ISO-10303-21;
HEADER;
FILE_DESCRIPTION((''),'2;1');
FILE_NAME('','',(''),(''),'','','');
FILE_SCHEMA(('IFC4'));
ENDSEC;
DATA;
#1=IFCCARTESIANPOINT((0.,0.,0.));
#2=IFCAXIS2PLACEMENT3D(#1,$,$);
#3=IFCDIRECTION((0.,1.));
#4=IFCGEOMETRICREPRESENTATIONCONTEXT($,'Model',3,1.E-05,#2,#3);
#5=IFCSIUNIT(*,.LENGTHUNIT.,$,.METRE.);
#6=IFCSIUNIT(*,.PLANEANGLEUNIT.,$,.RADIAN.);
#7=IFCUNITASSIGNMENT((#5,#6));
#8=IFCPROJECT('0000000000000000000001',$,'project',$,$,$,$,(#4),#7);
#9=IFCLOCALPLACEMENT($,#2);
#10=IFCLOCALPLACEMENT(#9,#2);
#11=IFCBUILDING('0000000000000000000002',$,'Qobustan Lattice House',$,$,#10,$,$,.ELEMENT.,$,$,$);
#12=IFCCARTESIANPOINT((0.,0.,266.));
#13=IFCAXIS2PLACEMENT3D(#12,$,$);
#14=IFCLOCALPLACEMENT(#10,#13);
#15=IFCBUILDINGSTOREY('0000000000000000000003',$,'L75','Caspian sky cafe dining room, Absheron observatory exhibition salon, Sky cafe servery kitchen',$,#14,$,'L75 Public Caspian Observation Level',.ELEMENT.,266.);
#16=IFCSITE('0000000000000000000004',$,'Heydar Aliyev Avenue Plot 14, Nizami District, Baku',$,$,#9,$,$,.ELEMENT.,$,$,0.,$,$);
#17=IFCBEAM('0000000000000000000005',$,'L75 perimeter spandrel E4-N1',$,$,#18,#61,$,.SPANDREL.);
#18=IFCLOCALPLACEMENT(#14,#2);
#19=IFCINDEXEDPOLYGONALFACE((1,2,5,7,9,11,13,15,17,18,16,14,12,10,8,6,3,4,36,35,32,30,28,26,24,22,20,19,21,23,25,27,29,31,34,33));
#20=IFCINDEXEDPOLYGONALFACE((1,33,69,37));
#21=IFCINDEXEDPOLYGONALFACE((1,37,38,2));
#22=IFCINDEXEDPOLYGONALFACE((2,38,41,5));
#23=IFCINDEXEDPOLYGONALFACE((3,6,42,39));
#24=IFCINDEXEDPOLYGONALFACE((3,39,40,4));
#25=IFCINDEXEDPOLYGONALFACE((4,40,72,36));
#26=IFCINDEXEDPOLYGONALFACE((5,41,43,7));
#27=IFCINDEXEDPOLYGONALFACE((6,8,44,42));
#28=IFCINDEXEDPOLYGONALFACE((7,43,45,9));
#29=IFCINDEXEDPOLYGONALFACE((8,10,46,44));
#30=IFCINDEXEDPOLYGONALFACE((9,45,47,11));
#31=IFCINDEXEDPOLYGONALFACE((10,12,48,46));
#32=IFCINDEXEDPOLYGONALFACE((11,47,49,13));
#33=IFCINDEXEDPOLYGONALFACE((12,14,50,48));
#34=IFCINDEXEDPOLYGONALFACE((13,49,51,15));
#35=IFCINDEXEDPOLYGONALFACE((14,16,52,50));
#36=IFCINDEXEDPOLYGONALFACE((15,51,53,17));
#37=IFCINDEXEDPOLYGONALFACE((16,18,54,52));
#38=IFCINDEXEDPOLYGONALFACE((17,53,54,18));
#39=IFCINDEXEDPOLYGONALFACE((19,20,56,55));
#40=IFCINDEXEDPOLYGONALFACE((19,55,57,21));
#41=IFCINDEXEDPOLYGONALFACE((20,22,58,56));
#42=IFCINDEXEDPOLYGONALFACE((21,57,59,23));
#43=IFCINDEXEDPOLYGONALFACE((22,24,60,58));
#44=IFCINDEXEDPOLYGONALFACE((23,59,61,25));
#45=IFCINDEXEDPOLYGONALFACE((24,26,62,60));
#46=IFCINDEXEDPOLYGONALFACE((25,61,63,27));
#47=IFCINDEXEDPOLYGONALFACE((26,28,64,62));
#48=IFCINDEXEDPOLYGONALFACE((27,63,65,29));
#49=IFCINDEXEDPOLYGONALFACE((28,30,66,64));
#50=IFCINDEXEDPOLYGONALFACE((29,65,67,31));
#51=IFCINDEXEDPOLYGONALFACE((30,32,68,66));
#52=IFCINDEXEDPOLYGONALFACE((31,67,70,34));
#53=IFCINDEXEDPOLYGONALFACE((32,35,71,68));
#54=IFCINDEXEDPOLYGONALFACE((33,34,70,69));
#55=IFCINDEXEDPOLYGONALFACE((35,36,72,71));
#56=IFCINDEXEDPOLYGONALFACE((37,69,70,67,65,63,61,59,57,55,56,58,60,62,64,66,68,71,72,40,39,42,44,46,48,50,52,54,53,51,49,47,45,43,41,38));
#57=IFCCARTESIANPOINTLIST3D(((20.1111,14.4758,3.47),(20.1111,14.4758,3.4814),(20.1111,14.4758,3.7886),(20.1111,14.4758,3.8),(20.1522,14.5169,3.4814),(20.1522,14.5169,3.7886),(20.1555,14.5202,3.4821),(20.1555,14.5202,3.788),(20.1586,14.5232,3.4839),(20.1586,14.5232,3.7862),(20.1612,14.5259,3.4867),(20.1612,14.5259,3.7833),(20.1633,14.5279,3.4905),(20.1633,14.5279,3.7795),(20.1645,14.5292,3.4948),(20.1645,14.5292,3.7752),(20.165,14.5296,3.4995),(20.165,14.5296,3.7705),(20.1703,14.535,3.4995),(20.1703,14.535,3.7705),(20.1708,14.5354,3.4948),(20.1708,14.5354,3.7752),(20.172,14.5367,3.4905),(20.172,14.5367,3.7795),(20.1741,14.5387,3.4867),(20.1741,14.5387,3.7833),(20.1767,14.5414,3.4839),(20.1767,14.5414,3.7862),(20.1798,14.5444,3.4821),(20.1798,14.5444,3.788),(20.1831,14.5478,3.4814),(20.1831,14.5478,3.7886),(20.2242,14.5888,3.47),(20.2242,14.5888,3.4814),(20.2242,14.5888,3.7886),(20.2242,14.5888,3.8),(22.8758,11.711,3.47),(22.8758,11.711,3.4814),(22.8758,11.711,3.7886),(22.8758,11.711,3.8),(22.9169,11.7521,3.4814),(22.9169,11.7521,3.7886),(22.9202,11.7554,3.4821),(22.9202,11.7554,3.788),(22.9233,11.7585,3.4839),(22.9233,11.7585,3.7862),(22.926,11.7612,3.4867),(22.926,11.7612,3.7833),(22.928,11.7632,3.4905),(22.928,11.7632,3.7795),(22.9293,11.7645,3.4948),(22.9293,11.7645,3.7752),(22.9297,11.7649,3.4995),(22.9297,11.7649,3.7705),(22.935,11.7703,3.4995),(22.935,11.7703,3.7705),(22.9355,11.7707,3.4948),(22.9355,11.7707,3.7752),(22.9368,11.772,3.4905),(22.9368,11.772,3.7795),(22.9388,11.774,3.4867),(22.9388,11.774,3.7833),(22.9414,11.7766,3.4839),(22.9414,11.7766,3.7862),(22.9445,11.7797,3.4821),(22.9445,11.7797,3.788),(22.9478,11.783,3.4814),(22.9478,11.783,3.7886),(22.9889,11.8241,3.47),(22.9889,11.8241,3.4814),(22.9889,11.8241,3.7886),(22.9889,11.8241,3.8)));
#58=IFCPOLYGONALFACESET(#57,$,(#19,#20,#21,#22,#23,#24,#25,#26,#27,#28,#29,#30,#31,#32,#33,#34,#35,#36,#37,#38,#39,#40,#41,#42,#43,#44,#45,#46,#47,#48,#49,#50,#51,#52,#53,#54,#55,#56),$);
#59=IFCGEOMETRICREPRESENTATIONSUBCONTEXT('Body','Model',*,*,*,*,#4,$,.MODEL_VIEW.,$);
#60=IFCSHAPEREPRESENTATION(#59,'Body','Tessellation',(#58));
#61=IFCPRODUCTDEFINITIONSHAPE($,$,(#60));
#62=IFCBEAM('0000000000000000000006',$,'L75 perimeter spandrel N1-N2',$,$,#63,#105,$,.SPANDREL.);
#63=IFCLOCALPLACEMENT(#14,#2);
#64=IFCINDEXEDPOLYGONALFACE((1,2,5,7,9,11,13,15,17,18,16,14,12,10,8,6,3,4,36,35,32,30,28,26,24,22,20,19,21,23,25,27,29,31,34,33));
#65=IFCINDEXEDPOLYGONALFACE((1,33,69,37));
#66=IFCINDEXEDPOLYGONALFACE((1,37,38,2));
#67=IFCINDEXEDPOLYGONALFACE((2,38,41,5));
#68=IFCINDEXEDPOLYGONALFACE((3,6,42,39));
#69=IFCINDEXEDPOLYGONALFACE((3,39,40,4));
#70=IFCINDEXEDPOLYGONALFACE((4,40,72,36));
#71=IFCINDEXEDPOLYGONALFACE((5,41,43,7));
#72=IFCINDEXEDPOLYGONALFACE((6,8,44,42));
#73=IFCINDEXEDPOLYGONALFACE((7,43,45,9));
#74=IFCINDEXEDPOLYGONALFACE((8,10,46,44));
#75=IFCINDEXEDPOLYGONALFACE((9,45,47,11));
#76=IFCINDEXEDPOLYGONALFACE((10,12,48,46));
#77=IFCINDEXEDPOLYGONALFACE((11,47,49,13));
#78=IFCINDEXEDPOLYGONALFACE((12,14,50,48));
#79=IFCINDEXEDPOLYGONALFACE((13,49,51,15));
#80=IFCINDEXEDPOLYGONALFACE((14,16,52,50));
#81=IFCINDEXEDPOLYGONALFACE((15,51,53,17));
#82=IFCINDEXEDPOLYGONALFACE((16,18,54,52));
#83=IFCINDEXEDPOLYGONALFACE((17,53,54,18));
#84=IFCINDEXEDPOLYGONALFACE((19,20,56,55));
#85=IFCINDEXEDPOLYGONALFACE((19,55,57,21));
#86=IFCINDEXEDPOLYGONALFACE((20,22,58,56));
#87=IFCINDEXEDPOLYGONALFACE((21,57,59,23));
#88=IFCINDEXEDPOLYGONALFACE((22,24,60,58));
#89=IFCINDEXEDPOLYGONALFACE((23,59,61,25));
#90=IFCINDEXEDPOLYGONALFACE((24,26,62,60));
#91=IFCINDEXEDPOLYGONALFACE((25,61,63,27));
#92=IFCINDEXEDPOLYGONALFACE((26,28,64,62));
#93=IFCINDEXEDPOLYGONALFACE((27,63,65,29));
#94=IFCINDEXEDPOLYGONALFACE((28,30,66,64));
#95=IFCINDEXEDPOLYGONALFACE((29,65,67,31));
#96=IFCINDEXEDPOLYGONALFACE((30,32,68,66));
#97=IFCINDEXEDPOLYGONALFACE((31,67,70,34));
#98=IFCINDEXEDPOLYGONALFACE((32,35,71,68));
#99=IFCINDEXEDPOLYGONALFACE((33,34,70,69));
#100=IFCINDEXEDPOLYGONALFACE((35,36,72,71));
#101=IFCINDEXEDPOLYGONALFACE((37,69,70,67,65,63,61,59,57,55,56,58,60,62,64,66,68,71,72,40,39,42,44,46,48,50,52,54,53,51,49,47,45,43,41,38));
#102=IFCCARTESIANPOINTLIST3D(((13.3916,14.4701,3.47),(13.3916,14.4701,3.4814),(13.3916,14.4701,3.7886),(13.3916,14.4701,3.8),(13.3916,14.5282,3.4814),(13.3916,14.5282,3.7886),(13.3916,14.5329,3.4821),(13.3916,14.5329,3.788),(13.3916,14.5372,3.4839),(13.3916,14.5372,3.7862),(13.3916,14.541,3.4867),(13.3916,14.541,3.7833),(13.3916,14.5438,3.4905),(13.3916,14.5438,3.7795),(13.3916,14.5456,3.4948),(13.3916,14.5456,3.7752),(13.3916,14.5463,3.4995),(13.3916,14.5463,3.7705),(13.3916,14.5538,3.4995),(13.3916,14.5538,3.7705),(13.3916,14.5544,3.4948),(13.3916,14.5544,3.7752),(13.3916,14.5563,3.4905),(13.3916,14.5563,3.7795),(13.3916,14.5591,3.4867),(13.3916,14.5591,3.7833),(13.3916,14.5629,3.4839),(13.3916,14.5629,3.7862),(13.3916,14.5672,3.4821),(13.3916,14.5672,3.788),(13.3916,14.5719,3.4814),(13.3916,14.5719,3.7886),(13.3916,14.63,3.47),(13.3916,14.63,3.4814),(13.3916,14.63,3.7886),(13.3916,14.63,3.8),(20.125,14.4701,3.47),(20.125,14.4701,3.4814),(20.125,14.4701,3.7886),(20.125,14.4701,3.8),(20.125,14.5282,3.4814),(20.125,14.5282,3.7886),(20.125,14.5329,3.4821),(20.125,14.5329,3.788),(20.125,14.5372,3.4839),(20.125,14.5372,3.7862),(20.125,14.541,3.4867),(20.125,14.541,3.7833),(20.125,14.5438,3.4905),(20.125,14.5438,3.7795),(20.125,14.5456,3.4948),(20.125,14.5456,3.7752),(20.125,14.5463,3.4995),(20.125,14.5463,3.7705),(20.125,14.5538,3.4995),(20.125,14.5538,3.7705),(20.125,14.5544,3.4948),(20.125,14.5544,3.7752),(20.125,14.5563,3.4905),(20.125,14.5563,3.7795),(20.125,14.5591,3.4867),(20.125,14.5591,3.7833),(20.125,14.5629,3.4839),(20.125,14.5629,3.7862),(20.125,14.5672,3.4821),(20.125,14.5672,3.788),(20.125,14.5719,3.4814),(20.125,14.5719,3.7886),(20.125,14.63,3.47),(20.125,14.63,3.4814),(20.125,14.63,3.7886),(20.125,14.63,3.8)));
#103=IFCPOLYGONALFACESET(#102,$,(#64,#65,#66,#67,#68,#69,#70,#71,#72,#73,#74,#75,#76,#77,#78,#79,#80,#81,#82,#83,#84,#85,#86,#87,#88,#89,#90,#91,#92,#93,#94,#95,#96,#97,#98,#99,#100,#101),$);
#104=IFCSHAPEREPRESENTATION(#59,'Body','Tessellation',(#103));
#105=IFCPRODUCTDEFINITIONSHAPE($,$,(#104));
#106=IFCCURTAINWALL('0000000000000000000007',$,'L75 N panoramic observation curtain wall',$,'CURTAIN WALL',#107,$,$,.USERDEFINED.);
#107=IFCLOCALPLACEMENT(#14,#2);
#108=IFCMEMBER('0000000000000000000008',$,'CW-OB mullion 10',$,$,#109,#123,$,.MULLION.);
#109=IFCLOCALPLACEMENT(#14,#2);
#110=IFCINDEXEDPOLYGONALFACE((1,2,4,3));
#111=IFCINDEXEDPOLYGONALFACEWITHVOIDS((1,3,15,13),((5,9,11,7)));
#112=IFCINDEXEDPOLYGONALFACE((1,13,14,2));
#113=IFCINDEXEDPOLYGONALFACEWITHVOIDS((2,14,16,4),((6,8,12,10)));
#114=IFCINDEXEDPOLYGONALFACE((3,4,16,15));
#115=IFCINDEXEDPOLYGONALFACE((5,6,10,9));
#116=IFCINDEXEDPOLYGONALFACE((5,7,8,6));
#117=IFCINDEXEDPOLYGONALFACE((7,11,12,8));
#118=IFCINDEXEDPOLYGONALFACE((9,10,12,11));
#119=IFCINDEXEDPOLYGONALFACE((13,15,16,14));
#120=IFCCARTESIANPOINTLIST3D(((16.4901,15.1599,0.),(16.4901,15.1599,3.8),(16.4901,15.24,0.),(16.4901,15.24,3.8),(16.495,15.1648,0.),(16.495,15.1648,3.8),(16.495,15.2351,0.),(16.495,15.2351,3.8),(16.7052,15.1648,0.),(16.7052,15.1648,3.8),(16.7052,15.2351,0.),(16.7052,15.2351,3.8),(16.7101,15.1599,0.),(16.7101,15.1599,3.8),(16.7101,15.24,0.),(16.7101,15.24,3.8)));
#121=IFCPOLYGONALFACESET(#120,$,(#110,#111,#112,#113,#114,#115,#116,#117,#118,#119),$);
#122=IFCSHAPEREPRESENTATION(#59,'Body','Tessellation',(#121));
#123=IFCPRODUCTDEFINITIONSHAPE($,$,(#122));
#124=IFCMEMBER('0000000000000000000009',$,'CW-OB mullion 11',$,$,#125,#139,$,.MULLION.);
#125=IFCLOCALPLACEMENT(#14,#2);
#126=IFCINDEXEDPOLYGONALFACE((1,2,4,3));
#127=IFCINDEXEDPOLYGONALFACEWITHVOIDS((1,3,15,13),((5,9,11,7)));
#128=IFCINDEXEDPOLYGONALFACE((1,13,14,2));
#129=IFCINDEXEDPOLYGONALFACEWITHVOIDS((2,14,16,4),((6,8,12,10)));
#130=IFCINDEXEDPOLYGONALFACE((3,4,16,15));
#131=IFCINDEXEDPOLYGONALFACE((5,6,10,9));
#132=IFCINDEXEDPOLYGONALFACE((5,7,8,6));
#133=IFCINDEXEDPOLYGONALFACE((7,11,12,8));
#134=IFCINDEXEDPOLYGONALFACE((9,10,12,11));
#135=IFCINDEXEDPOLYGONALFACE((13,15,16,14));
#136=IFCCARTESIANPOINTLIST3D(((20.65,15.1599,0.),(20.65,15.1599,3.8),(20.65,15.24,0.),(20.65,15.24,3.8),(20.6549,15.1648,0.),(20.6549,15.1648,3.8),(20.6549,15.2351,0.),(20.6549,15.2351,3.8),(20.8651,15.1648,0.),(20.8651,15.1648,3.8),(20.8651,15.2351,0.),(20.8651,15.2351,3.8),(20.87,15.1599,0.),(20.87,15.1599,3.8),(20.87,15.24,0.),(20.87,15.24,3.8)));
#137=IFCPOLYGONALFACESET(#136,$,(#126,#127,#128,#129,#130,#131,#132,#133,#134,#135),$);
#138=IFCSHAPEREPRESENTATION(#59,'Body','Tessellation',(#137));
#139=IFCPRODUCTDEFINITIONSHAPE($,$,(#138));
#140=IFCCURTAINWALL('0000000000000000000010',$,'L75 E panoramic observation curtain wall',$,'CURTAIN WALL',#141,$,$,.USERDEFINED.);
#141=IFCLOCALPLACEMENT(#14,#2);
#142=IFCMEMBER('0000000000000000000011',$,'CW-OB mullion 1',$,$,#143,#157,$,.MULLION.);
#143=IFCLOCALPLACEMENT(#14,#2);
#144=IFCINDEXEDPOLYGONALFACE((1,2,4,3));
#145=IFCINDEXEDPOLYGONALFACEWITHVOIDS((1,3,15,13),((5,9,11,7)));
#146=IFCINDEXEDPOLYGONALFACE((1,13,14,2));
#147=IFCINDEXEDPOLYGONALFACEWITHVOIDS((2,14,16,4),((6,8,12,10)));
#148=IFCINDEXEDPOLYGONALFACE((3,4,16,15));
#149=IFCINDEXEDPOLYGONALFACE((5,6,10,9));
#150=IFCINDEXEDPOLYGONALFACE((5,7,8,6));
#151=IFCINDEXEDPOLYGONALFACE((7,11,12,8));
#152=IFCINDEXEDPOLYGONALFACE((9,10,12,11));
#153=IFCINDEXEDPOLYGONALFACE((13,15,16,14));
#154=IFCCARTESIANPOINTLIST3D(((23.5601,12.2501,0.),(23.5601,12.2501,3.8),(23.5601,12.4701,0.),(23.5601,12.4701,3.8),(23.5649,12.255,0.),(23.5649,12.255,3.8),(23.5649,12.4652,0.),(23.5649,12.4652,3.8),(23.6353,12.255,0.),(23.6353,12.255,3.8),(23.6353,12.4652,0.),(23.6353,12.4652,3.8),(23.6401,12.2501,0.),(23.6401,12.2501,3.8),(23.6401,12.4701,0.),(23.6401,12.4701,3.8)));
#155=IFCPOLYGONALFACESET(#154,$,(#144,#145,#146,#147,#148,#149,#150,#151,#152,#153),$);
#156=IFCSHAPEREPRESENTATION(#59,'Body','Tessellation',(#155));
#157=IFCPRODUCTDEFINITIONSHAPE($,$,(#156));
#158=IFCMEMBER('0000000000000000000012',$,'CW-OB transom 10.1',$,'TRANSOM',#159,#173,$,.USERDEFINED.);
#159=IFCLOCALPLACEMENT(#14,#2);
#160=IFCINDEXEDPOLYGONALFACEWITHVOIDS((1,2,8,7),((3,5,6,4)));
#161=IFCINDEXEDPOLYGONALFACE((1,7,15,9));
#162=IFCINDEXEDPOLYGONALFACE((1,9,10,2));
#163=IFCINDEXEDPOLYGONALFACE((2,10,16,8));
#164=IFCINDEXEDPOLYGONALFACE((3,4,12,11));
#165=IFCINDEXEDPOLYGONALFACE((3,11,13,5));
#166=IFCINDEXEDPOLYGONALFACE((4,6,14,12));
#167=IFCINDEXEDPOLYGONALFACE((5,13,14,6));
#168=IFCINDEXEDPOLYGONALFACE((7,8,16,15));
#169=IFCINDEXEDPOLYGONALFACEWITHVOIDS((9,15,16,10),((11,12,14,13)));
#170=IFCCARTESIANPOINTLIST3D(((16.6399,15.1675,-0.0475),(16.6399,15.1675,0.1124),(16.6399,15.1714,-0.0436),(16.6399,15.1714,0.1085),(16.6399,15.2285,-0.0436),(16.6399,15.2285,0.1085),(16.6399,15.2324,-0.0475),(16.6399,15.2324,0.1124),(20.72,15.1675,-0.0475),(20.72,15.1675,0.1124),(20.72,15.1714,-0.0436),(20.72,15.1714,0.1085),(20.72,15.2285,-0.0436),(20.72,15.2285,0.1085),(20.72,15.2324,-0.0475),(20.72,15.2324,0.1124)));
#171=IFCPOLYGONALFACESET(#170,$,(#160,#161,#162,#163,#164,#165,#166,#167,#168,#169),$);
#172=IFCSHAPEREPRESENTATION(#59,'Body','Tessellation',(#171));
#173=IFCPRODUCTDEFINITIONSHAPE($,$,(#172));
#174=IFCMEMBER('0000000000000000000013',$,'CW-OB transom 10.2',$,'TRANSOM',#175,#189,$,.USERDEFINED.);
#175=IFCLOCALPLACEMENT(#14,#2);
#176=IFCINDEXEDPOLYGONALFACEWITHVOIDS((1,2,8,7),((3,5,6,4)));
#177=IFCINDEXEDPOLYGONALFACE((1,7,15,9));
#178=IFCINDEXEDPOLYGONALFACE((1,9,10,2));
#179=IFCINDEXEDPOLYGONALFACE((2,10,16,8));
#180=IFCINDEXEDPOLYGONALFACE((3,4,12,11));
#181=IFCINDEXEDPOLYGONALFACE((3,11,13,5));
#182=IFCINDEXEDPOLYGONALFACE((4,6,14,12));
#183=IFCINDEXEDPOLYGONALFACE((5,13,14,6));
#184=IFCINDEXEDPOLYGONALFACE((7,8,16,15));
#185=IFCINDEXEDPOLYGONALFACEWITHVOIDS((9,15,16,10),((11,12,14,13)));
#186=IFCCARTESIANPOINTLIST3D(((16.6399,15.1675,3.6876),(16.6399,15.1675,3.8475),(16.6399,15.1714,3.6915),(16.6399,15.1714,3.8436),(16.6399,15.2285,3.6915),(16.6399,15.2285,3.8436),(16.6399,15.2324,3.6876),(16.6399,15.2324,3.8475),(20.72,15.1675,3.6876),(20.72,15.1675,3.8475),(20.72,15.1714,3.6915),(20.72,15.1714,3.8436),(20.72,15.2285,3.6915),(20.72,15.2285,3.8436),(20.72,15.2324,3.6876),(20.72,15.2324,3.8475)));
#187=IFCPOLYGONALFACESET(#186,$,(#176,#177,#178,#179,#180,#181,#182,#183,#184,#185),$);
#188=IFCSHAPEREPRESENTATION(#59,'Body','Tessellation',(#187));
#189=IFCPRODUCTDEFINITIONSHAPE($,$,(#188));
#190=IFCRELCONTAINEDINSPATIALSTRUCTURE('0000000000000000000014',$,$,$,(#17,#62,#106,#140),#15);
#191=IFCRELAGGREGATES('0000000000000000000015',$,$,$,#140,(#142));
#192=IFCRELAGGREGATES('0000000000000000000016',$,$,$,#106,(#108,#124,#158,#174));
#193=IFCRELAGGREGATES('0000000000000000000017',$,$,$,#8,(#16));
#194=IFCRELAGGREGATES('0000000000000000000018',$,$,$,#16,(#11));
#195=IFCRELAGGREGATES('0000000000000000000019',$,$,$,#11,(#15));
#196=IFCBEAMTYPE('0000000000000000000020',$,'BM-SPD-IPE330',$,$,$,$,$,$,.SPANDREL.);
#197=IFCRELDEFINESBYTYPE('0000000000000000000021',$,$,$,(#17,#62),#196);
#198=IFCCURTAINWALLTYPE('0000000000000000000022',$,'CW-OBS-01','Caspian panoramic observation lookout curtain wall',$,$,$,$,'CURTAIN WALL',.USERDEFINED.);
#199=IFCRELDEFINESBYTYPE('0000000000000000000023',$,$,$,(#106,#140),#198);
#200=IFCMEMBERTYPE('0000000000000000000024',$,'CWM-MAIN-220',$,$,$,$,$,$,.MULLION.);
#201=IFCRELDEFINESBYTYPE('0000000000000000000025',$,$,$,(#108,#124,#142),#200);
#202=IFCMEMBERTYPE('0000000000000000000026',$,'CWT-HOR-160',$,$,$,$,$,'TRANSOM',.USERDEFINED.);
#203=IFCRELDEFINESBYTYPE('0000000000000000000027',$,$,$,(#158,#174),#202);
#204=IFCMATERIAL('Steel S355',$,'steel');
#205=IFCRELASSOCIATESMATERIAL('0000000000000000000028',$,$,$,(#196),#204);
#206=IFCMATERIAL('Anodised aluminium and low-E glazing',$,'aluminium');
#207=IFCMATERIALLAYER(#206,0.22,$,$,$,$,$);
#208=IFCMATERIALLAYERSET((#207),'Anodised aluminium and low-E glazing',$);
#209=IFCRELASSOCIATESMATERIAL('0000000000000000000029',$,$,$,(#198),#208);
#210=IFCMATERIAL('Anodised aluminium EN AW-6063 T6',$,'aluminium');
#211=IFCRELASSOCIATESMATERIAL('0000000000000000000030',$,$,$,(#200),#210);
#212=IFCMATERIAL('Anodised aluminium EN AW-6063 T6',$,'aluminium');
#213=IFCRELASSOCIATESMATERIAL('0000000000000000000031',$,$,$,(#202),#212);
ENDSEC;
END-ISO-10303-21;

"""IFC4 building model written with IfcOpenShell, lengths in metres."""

from ifc_helpers import new_model, si_unit, direction, frame, origin, origin_2d, place, context, subcontext, project, spatial, hollow_rectangle, i_section, extrude, material, layer, layer_set, material_profile, profile_set, type_object, element, aggregate, save


model = new_model("IFC4")

# Units and contexts
model_context = context("Model", 3, precision=1e-05, world=origin(), true_north=direction((0.0, 1.0)))
body_context = subcontext(model_context, "Body", "Model", "MODEL_VIEW")
ifc_project = project(units=[si_unit("LENGTHUNIT", "METRE"), si_unit("PLANEANGLEUNIT", "RADIAN")], contexts=[model_context])

# Site, building, storey
site_placement = place(None, origin())
site = spatial("IfcSite", under=ifc_project, at=site_placement, Name="Heydar Aliyev Avenue Plot 14, Nizami District, Baku", CompositionType="ELEMENT", RefElevation=0.0)
building_placement = place(site_placement, origin())
building = spatial("IfcBuilding", under=site, at=building_placement, Name="Qobustan Lattice House", CompositionType="ELEMENT")
storey_placement = place(building_placement, frame((0.0, 0.0, 266.0)))
storey = spatial("IfcBuildingStorey", under=building, at=storey_placement, Name="L75", Description="Caspian sky cafe dining room, Absheron observatory exhibition salon, Sky cafe servery kitchen", LongName="L75 Public Caspian Observation Level", CompositionType="ELEMENT", Elevation=266.0)

# Beams
ifc_material_1 = material(Name="Steel S355", Category="steel")
ifc_material_profile_1 = material_profile(ifc_material_1, i_section(OverallWidth=0.1599, OverallDepth=0.3301, WebThickness=0.0076, FlangeThickness=0.0115, FilletRadius=0.0181, at=origin_2d()), Name="IPE330")
ifc_profile_set_1 = profile_set([ifc_material_profile_1], Name="Steel S355")
beam_type_1 = type_object("IfcBeamType", Name="BM-SPD-IPE330", PredefinedType="SPANDREL", material=ifc_profile_set_1)
beam_1_placement = place(storey_placement, frame((22.9324, 11.7676, 3.635), z_axis=(-0.707107, 0.707107, 0.0), x_axis=(-0.707107, -0.707107, 0.0)))
element("IfcBeam", 1, at=beam_1_placement, inside=storey, type_object=beam_type_1, Name="L75 perimeter spandrel E4-N1", PredefinedType="SPANDREL", context=body_context, shape_type="SweptSolid", body=[
    extrude(i_section(OverallWidth=0.1599, OverallDepth=0.3301, WebThickness=0.0076, FlangeThickness=0.0115, FilletRadius=0.0181, at=origin_2d()), origin(), (0.0, 0.0, 1.0), 3.9099),
])
beam_2_placement = place(storey_placement, frame((20.125, 14.55, 3.635), z_axis=(-1.0, 0.0, 0.0), x_axis=(0.0, -1.0, 0.0)))
element("IfcBeam", 2, at=beam_2_placement, inside=storey, type_object=beam_type_1, Name="L75 perimeter spandrel N1-N2", PredefinedType="SPANDREL", context=body_context, shape_type="SweptSolid", body=[
    extrude(i_section(OverallWidth=0.1599, OverallDepth=0.3301, WebThickness=0.0076, FlangeThickness=0.0115, FilletRadius=0.0181, at=origin_2d()), origin(), (0.0, 0.0, 1.0), 6.7334),
])

# Curtain wall, members
ifc_material_2 = material(Name="Anodised aluminium and low-E glazing", Category="aluminium")
ifc_layer_1 = layer(ifc_material_2, 0.22)
ifc_layer_set_1 = layer_set([ifc_layer_1], Name="Anodised aluminium and low-E glazing")
curtain_wall_type = type_object("IfcCurtainWallType", Name="CW-OBS-01", Description="Caspian panoramic observation lookout curtain wall", ElementType="CURTAIN WALL", PredefinedType="USERDEFINED", material=ifc_layer_set_1)
curtain_wall_1_placement = place(storey_placement, origin())
curtain_wall_1 = element("IfcCurtainWall", 3, at=curtain_wall_1_placement, inside=storey, type_object=curtain_wall_type, Name="L75 N panoramic observation curtain wall", ObjectType="CURTAIN WALL", PredefinedType="USERDEFINED")
ifc_material_3 = material(Name="Anodised aluminium EN AW-6063 T6", Category="aluminium")
ifc_material_profile_2 = material_profile(ifc_material_3, hollow_rectangle(XDim=0.0801, YDim=0.22, WallThickness=0.0049, at=origin_2d()), Name="CWM-220x80")
ifc_profile_set_2 = profile_set([ifc_material_profile_2], Name="Anodised aluminium EN AW-6063 T6")
member_type_1 = type_object("IfcMemberType", Name="CWM-MAIN-220", PredefinedType="MULLION", material=ifc_profile_set_2)
member_1_placement = place(storey_placement, frame((16.6001, 15.2, 0.0), z_axis=(0.0, 0.0, 1.0), x_axis=(0.0, 1.0, 0.0)))
member_1 = element("IfcMember", 4, at=member_1_placement, type_object=member_type_1, Name="CW-OB mullion 10", PredefinedType="MULLION", context=body_context, shape_type="SweptSolid", body=[
    extrude(hollow_rectangle(XDim=0.0801, YDim=0.22, WallThickness=0.0049, at=origin_2d()), origin(), (0.0, 0.0, 1.0), 3.8),
])
member_2_placement = place(storey_placement, frame((20.76, 15.2, 0.0), z_axis=(0.0, 0.0, 1.0), x_axis=(0.0, 1.0, 0.0)))
member_2 = element("IfcMember", 5, at=member_2_placement, type_object=member_type_1, Name="CW-OB mullion 11", PredefinedType="MULLION", context=body_context, shape_type="SweptSolid", body=[
    extrude(hollow_rectangle(XDim=0.0801, YDim=0.22, WallThickness=0.0049, at=origin_2d()), origin(), (0.0, 0.0, 1.0), 3.8),
])

# Curtain wall, member
curtain_wall_2_placement = place(storey_placement, origin())
curtain_wall_2 = element("IfcCurtainWall", 6, at=curtain_wall_2_placement, inside=storey, type_object=curtain_wall_type, Name="L75 E panoramic observation curtain wall", ObjectType="CURTAIN WALL", PredefinedType="USERDEFINED")
member_3_placement = place(storey_placement, frame((23.6001, 12.3601, 0.0), z_axis=(0.0, 0.0, 1.0), x_axis=(1.0, 0.0, 0.0)))
member_3 = element("IfcMember", 7, at=member_3_placement, type_object=member_type_1, Name="CW-OB mullion 1", PredefinedType="MULLION", context=body_context, shape_type="SweptSolid", body=[
    extrude(hollow_rectangle(XDim=0.0801, YDim=0.22, WallThickness=0.0049, at=origin_2d()), origin(), (0.0, 0.0, 1.0), 3.8),
])

# Members
ifc_material_4 = material(Name="Anodised aluminium EN AW-6063 T6", Category="aluminium")
ifc_material_profile_3 = material_profile(ifc_material_4, hollow_rectangle(XDim=0.0649, YDim=0.1599, WallThickness=0.0039, at=origin_2d()), Name="CWT-160x65")
ifc_profile_set_3 = profile_set([ifc_material_profile_3], Name="Anodised aluminium EN AW-6063 T6")
member_type_2 = type_object("IfcMemberType", Name="CWT-HOR-160", ElementType="TRANSOM", PredefinedType="USERDEFINED", material=ifc_profile_set_3)
member_4_placement = place(storey_placement, frame((16.6399, 15.2, 0.0325), z_axis=(1.0, 0.0, 0.0), x_axis=(0.0, 1.0, 0.0)))
member_4 = element("IfcMember", 8, at=member_4_placement, type_object=member_type_2, Name="CW-OB transom 10.1", ObjectType="TRANSOM", PredefinedType="USERDEFINED", context=body_context, shape_type="SweptSolid", body=[
    extrude(hollow_rectangle(XDim=0.0649, YDim=0.1599, WallThickness=0.0039, at=origin_2d()), origin(), (0.0, 0.0, 1.0), 4.0801),
])
member_5_placement = place(storey_placement, frame((16.6399, 15.2, 3.7676), z_axis=(1.0, 0.0, 0.0), x_axis=(0.0, 1.0, 0.0)))
member_5 = element("IfcMember", 9, at=member_5_placement, type_object=member_type_2, Name="CW-OB transom 10.2", ObjectType="TRANSOM", PredefinedType="USERDEFINED", context=body_context, shape_type="SweptSolid", body=[
    extrude(hollow_rectangle(XDim=0.0649, YDim=0.1599, WallThickness=0.0039, at=origin_2d()), origin(), (0.0, 0.0, 1.0), 4.0801),
])
aggregate(curtain_wall_2, [member_3])

aggregate(curtain_wall_1, [member_1, member_2, member_4, member_5])

save(model, "model.ifc")
